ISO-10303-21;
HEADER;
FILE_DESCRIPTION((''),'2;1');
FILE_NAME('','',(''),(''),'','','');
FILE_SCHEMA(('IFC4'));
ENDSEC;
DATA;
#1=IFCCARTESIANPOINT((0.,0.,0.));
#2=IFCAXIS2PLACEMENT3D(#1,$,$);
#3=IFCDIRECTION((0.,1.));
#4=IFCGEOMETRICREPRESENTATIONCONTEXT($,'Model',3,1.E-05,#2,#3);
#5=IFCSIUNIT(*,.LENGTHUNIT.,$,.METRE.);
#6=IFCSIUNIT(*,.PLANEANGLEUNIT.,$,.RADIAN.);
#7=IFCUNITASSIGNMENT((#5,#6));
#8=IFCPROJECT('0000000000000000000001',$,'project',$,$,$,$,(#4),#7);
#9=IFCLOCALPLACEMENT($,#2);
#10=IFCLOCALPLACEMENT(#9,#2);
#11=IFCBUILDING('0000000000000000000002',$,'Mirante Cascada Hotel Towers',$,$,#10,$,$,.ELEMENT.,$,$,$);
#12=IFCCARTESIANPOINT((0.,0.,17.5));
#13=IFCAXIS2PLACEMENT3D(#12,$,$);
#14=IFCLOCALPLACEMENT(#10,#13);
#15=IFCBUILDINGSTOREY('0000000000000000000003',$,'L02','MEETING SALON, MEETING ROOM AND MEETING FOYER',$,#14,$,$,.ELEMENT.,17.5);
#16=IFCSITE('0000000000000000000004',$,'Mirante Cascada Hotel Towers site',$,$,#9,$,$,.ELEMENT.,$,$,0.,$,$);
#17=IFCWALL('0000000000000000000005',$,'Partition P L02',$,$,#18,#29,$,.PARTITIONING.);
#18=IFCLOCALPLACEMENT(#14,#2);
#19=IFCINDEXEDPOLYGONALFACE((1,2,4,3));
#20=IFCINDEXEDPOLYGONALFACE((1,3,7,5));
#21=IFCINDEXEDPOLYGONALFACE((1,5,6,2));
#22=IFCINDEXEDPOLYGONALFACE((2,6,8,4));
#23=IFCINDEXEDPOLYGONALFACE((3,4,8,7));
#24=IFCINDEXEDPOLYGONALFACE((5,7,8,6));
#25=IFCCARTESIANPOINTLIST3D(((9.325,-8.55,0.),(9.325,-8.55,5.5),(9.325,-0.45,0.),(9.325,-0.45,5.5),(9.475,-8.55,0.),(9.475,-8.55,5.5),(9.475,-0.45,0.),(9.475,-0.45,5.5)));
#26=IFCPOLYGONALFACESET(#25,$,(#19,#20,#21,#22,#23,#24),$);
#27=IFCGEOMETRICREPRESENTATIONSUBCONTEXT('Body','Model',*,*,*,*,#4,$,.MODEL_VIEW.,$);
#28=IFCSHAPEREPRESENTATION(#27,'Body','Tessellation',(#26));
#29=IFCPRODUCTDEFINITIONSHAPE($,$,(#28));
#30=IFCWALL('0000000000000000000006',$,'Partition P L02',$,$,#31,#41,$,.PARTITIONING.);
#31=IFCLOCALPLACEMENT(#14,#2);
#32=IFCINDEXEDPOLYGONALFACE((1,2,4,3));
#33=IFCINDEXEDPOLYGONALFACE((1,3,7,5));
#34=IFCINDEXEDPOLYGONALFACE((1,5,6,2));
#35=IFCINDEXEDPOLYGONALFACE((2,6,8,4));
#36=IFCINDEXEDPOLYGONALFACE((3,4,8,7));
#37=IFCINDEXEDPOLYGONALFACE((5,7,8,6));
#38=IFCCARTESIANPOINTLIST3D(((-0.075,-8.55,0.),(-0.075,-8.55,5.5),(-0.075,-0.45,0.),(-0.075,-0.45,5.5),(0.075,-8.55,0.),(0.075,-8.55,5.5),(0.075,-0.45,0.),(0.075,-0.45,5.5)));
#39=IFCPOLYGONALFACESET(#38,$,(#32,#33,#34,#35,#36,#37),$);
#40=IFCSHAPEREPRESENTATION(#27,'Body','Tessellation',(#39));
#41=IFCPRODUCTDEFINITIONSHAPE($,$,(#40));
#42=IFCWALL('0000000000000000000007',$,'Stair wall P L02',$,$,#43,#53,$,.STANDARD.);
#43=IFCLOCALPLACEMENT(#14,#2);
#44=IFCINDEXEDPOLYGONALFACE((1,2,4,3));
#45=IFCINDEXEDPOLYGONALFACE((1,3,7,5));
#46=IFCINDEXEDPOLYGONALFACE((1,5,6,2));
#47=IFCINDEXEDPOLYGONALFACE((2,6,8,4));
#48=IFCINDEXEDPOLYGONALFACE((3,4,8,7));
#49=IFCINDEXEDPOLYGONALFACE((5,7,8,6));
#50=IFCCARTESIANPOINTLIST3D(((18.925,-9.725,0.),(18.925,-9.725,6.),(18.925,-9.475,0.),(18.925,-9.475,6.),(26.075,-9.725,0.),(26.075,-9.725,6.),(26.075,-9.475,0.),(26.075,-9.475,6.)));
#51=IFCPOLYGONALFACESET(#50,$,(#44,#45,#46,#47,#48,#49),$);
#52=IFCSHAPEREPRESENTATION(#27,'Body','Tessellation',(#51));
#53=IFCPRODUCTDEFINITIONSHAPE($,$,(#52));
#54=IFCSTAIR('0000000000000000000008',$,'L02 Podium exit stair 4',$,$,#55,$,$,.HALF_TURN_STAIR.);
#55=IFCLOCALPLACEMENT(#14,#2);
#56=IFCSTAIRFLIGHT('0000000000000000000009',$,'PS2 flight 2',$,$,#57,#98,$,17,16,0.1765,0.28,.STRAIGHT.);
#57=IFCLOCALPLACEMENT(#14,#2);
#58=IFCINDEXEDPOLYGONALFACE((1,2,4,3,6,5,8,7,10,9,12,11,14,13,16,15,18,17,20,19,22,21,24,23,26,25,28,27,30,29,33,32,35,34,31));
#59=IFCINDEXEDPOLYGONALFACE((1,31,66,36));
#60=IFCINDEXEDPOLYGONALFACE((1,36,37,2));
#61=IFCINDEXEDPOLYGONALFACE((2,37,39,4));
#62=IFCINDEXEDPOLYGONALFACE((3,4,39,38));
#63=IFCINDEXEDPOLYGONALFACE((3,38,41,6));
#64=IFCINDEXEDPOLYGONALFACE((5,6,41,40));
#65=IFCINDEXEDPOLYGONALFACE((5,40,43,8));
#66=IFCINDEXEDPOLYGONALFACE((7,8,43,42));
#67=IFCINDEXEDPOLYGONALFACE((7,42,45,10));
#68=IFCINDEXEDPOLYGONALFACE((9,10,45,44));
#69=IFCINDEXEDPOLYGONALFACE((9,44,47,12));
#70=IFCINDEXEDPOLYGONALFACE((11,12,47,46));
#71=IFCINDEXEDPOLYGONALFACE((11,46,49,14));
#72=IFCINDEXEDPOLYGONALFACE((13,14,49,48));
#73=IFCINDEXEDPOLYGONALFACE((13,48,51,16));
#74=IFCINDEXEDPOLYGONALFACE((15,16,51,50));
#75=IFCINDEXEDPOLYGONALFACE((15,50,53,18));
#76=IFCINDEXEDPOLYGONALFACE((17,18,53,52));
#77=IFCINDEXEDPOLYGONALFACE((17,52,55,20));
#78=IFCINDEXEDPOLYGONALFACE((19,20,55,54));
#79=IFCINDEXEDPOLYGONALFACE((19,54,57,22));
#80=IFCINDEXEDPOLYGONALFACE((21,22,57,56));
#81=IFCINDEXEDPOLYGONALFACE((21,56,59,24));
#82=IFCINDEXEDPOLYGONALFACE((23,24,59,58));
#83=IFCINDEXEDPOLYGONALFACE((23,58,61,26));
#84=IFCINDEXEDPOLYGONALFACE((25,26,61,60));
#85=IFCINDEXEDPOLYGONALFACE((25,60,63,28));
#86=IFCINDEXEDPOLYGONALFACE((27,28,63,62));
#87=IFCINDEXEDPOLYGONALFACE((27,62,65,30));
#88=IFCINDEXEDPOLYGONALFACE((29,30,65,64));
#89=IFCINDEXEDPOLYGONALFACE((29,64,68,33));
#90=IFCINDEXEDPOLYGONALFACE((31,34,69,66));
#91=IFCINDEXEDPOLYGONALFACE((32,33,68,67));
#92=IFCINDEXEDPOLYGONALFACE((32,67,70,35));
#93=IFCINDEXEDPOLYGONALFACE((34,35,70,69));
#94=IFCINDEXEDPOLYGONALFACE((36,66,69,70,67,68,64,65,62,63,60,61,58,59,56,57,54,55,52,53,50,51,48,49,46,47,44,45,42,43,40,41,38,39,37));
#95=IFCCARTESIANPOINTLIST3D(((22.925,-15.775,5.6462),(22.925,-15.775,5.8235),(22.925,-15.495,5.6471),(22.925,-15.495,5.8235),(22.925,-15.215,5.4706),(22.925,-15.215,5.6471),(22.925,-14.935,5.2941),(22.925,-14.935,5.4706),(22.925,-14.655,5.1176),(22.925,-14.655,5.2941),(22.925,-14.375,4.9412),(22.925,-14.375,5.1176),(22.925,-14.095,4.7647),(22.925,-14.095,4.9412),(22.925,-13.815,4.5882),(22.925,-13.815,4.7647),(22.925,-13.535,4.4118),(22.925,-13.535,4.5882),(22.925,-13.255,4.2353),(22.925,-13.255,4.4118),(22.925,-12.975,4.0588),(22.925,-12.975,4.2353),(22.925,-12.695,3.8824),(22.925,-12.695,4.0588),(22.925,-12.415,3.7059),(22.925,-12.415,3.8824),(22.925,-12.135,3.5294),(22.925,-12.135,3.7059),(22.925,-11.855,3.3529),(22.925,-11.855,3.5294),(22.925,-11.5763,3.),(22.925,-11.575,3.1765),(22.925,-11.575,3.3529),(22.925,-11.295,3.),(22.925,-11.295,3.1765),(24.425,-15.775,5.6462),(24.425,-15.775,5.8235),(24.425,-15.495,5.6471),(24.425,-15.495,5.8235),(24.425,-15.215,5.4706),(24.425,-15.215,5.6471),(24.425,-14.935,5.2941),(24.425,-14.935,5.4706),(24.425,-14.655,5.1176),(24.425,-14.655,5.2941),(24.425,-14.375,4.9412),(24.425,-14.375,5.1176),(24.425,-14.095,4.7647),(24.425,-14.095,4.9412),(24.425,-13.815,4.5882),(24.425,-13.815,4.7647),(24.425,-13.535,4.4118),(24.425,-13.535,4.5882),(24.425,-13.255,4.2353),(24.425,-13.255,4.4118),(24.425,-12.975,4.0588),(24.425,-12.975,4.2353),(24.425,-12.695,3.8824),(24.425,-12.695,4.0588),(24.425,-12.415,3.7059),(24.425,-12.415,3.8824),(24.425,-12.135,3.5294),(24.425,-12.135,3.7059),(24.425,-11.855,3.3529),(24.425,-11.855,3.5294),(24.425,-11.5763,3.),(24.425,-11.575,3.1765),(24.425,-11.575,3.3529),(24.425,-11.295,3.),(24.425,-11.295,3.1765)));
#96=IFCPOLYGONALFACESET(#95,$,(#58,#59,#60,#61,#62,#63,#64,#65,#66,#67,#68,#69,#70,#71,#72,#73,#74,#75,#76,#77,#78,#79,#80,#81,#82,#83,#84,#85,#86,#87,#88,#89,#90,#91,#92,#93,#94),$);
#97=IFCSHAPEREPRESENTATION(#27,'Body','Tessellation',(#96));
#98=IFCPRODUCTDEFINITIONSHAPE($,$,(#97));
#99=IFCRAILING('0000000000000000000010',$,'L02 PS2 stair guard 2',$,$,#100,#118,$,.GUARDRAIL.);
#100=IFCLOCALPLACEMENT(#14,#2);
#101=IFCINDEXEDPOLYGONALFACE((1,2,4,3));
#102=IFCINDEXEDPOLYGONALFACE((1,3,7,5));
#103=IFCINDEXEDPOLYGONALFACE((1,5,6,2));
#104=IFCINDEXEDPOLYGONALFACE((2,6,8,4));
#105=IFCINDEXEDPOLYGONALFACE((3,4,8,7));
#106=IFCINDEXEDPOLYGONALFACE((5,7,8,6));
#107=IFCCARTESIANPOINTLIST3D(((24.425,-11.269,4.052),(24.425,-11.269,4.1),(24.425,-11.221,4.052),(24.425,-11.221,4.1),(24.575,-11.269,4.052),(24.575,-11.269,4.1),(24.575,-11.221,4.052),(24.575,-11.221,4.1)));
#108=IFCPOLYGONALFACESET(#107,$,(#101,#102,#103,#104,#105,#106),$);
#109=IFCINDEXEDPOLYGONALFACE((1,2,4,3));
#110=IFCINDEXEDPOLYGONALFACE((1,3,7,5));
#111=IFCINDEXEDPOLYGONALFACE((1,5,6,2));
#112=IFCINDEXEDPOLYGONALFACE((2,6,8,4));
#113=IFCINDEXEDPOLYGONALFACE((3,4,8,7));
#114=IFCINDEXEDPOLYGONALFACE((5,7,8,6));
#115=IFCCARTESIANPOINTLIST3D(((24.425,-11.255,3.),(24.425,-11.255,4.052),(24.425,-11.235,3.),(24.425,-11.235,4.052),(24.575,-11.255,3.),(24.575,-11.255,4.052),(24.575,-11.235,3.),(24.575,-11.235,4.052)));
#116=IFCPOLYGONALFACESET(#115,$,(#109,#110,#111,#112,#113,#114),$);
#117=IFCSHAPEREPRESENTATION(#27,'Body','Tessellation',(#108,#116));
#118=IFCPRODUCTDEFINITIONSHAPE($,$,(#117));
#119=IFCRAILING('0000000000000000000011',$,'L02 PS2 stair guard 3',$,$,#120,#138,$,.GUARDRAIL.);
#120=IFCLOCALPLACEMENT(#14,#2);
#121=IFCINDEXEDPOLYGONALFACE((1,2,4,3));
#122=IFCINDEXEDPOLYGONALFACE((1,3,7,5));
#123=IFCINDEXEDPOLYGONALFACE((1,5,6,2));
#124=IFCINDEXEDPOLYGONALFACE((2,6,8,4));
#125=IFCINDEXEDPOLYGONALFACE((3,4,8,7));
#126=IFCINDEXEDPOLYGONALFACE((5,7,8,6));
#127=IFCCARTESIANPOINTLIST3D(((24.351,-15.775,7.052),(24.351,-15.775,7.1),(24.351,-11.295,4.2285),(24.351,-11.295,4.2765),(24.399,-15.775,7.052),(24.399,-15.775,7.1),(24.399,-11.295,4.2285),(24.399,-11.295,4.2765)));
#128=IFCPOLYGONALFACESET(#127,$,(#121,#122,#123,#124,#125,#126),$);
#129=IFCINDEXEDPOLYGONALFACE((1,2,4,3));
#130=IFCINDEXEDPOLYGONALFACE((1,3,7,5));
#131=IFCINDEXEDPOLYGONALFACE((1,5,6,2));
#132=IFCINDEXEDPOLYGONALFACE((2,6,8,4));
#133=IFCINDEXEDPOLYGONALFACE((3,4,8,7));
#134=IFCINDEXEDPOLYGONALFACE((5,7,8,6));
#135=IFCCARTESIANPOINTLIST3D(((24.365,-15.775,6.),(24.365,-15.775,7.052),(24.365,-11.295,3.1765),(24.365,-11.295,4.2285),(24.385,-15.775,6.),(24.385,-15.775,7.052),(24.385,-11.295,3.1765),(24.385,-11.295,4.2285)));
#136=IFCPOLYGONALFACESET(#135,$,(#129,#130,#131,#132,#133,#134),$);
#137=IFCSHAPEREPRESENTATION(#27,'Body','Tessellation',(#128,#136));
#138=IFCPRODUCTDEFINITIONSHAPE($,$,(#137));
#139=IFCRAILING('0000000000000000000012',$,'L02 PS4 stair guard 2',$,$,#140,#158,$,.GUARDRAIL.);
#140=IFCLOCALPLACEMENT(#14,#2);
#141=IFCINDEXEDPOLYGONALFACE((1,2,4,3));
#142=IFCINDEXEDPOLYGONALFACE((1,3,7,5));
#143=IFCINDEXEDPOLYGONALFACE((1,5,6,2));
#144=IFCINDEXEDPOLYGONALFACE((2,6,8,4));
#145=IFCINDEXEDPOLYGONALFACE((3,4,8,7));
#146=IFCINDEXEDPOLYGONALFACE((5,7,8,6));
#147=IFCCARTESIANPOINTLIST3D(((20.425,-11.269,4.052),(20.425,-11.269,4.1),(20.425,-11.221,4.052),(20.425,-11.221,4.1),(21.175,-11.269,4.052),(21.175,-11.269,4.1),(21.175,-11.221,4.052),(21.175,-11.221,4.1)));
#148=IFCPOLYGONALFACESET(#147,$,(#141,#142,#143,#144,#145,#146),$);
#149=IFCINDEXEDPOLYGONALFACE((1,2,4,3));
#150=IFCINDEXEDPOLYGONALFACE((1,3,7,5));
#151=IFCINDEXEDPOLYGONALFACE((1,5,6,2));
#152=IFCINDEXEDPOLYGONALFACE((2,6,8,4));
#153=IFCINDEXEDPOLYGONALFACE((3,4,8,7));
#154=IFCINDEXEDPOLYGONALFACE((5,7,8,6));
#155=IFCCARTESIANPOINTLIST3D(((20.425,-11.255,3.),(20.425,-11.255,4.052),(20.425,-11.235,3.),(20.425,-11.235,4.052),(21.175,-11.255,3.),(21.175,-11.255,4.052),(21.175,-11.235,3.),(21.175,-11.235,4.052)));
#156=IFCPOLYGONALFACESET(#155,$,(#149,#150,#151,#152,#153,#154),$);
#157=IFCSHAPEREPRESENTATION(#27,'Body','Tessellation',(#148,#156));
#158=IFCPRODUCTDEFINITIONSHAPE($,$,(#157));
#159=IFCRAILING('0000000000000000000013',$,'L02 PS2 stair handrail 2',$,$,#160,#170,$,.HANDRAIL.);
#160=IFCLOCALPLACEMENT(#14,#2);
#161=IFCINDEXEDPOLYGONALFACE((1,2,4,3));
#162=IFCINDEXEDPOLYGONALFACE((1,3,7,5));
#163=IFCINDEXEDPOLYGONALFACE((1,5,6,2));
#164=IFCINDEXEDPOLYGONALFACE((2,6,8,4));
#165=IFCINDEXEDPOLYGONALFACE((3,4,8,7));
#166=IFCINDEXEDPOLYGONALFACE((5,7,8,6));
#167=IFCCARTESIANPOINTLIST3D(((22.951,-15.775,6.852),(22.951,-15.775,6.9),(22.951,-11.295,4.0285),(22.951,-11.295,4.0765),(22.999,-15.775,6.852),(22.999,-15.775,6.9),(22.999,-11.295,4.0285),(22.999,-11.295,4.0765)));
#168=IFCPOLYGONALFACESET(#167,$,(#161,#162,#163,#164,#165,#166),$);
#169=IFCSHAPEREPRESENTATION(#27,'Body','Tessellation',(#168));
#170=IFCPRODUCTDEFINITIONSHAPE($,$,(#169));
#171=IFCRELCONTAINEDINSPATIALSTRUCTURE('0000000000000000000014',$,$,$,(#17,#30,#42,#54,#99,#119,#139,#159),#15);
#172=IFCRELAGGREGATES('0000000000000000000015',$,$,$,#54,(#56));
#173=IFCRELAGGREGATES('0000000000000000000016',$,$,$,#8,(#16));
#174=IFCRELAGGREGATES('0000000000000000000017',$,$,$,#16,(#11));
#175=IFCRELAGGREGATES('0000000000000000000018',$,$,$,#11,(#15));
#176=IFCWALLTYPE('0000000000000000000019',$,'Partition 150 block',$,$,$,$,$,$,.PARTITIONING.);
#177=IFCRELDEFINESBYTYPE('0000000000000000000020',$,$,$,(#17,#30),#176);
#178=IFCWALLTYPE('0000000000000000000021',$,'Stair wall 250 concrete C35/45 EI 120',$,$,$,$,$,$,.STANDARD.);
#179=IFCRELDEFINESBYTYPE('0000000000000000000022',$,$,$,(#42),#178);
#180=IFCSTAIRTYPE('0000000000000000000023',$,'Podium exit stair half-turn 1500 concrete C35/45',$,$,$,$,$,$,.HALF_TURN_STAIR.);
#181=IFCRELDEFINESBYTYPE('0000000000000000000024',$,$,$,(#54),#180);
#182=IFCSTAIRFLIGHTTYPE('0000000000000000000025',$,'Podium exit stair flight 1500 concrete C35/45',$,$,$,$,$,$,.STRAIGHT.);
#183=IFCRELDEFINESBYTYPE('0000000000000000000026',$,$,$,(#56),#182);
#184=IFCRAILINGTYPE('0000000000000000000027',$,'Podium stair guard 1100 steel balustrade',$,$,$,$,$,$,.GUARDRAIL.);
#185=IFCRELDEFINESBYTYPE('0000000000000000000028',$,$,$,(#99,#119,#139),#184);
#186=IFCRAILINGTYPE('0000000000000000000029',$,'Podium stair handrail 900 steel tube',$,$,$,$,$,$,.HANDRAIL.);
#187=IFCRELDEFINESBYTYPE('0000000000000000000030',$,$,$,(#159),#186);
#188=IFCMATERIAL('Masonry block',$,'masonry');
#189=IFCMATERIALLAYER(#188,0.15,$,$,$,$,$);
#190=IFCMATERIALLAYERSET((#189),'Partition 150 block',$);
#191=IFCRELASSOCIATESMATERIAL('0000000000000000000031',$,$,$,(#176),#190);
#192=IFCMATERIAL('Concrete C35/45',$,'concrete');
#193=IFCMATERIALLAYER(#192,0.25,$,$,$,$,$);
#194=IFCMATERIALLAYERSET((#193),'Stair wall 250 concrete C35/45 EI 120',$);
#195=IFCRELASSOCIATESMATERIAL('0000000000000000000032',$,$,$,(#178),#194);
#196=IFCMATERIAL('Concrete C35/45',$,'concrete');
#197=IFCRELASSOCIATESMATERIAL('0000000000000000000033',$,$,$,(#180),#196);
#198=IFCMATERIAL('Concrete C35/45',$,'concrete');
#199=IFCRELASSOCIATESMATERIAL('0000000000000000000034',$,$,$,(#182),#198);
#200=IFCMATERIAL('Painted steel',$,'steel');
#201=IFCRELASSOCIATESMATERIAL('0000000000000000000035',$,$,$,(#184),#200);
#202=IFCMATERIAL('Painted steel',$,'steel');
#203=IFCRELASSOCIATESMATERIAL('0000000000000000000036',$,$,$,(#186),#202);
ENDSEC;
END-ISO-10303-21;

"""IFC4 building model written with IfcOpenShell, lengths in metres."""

from ifc_helpers import new_model, si_unit, direction, frame, frame_2d, origin, origin_2d, place, context, subcontext, project, spatial, polyline, rectangle, outline, extrude, material, layer, layer_set, type_object, element, aggregate, save


model = new_model("IFC4")

# Units and contexts
model_context = context("Model", 3, precision=1e-05, world=origin(), true_north=direction((0.0, 1.0)))
body_context = subcontext(model_context, "Body", "Model", "MODEL_VIEW")
ifc_project = project(units=[si_unit("LENGTHUNIT", "METRE"), si_unit("PLANEANGLEUNIT", "RADIAN")], contexts=[model_context])

# Site, building, storey
site_placement = place(None, origin())
site = spatial("IfcSite", under=ifc_project, at=site_placement, Name="Mirante Cascada Hotel Towers site", CompositionType="ELEMENT", RefElevation=0.0)
building_placement = place(site_placement, origin())
building = spatial("IfcBuilding", under=site, at=building_placement, Name="Mirante Cascada Hotel Towers", CompositionType="ELEMENT")
storey_placement = place(building_placement, frame((0.0, 0.0, 17.5)))
storey = spatial("IfcBuildingStorey", under=building, at=storey_placement, Name="L02", Description="MEETING SALON, MEETING ROOM AND MEETING FOYER", CompositionType="ELEMENT", Elevation=17.5)

# Walls
ifc_material_1 = material(Name="Masonry block", Category="masonry")
ifc_layer_1 = layer(ifc_material_1, 0.15)
ifc_layer_set_1 = layer_set([ifc_layer_1], Name="Partition 150 block")
wall_type_1 = type_object("IfcWallType", Name="Partition 150 block", PredefinedType="PARTITIONING", material=ifc_layer_set_1)
for number, where, z_axis, x_axis, name in (
    (1, (9.4, -8.55, 0.0), (0.0, 0.0, 1.0), (0.0, 1.0, 0.0), "Partition P L02"),
    (2, (0.0, -8.55, 0.0), (0.0, 0.0, 1.0), (0.0, 1.0, 0.0), "Partition P L02"),
):
    element("IfcWall", number, at=place(storey_placement, frame(where, z_axis=z_axis, x_axis=x_axis)), inside=storey, type_object=wall_type_1, Name=name, PredefinedType="PARTITIONING", context=body_context, shape_type="SweptSolid", body=[
        extrude(rectangle(XDim=8.1, YDim=0.15, at=frame_2d((4.05, 0.0))), origin(), (0.0, 0.0, 1.0), 5.5),
    ])
ifc_material_2 = material(Name="Concrete C35/45", Category="concrete")
ifc_layer_2 = layer(ifc_material_2, 0.25)
ifc_layer_set_2 = layer_set([ifc_layer_2], Name="Stair wall 250 concrete C35/45 EI 120")
wall_type_2 = type_object("IfcWallType", Name="Stair wall 250 concrete C35/45 EI 120", PredefinedType="STANDARD", material=ifc_layer_set_2)
wall_1_placement = place(storey_placement, frame((18.925, -9.6, 0.0), z_axis=(0.0, 0.0, 1.0), x_axis=(1.0, 0.0, 0.0)))
element("IfcWall", 3, at=wall_1_placement, inside=storey, type_object=wall_type_2, Name="Stair wall P L02", PredefinedType="STANDARD", context=body_context, shape_type="SweptSolid", body=[
    extrude(rectangle(XDim=7.15, YDim=0.25, at=frame_2d((3.575, 0.0))), origin(), (0.0, 0.0, 1.0), 6.0),
])

# Stair, stair flight
ifc_material_3 = material(Name="Concrete C35/45", Category="concrete")
stair_type_1 = type_object("IfcStairType", Name="Podium exit stair half-turn 1500 concrete C35/45", PredefinedType="HALF_TURN_STAIR", material=ifc_material_3)
stair_1_placement = place(storey_placement, origin())
stair_1 = element("IfcStair", 4, at=stair_1_placement, inside=storey, type_object=stair_type_1, Name="L02 Podium exit stair 4", PredefinedType="HALF_TURN_STAIR")
ifc_material_4 = material(Name="Concrete C35/45", Category="concrete")
stair_flight_type = type_object("IfcStairFlightType", Name="Podium exit stair flight 1500 concrete C35/45", PredefinedType="STRAIGHT", material=ifc_material_4)
stair_flight_placement = place(storey_placement, frame((23.675, -11.295, 3.0), z_axis=(0.0, 0.0, 1.0), x_axis=(0.0, -1.0, 0.0)))
stair_flight = element("IfcStairFlight", 5, at=stair_flight_placement, type_object=stair_flight_type, Name="PS2 flight 2", NumberOfRisers=17, NumberOfTreads=16, PredefinedType="STRAIGHT", RiserHeight=0.1765, TreadLength=0.28, context=body_context, shape_type="SweptSolid", body=[
    extrude(outline(polyline([(0.0, 0.0), (0.0, 0.1765), (0.28, 0.1765), (0.28, 0.3529), (0.56, 0.3529), (0.56, 0.5294), (0.84, 0.5294), (0.84, 0.7059), (1.12, 0.7059), (1.12, 0.8824), (1.4, 0.8824), (1.4, 1.0588), (1.68, 1.0588), (1.68, 1.2353), (1.96, 1.2353), (1.96, 1.4118), (2.24, 1.4118), (2.24, 1.5882), (2.52, 1.5882), (2.52, 1.7647), (2.8, 1.7647), (2.8, 1.9412), (3.08, 1.9412), (3.08, 2.1176), (3.36, 2.1176), (3.36, 2.2941), (3.64, 2.2941), (3.64, 2.4706), (3.92, 2.4706), (3.92, 2.6471), (4.2, 2.6471), (4.2, 2.8235), (4.48, 2.8235), (4.48, 3.0), (4.48, 2.6462), (0.2813, 0.0), (0.0, 0.0)])), frame((0.0, 0.75, 0.0), z_axis=(0.0, -1.0, 0.0), x_axis=(1.0, 0.0, 0.0)), (0.0, 0.0, 1.0), 1.5),
])
aggregate(stair_1, [stair_flight])

# Railings
ifc_material_5 = material(Name="Painted steel", Category="steel")
railing_type_1 = type_object("IfcRailingType", Name="Podium stair guard 1100 steel balustrade", PredefinedType="GUARDRAIL", material=ifc_material_5)
railing_1_placement = place(storey_placement, frame((24.575, -11.245, 3.0)))
element("IfcRailing", 6, at=railing_1_placement, inside=storey, type_object=railing_type_1, Name="L02 PS2 stair guard 2", PredefinedType="GUARDRAIL", context=body_context, shape_type="SweptSolid", body=[
    extrude(rectangle(XDim=0.048, YDim=0.048, at=origin_2d()), frame((0.0, 0.0, 1.076), z_axis=(-1.0, 0.0, 0.0), x_axis=(0.0, -1.0, 0.0)), (0.0, 0.0, 1.0), 0.15),
    extrude(rectangle(XDim=0.02, YDim=1.052, at=origin_2d()), frame((0.0, 0.0, 0.526), z_axis=(-1.0, 0.0, 0.0), x_axis=(0.0, -1.0, 0.0)), (0.0, 0.0, 1.0), 0.15),
])
railing_2_placement = place(storey_placement, frame((24.375, -11.295, 3.1765)))
element("IfcRailing", 7, at=railing_2_placement, inside=storey, type_object=railing_type_1, Name="L02 PS2 stair guard 3", PredefinedType="GUARDRAIL", context=body_context, shape_type="SweptSolid", body=[
    extrude(rectangle(XDim=0.048, YDim=0.048, at=origin_2d()), frame((0.0, 0.0, 1.076), z_axis=(0.0, -1.0, 0.0), x_axis=(1.0, 0.0, 0.0)), (0.0, 0.533186, 0.845998), 5.2955),
    extrude(rectangle(XDim=0.02, YDim=1.052, at=origin_2d()), frame((0.0, 0.0, 0.526), z_axis=(0.0, -1.0, 0.0), x_axis=(1.0, 0.0, 0.0)), (0.0, 0.533186, 0.845998), 5.2955),
])
railing_3_placement = place(storey_placement, frame((21.175, -11.245, 3.0)))
element("IfcRailing", 8, at=railing_3_placement, inside=storey, type_object=railing_type_1, Name="L02 PS4 stair guard 2", PredefinedType="GUARDRAIL", context=body_context, shape_type="SweptSolid", body=[
    extrude(rectangle(XDim=0.048, YDim=0.048, at=origin_2d()), frame((0.0, 0.0, 1.076), z_axis=(-1.0, 0.0, 0.0), x_axis=(0.0, -1.0, 0.0)), (0.0, 0.0, 1.0), 0.75),
    extrude(rectangle(XDim=0.02, YDim=1.052, at=origin_2d()), frame((0.0, 0.0, 0.526), z_axis=(-1.0, 0.0, 0.0), x_axis=(0.0, -1.0, 0.0)), (0.0, 0.0, 1.0), 0.75),
])
ifc_material_6 = material(Name="Painted steel", Category="steel")
railing_type_2 = type_object("IfcRailingType", Name="Podium stair handrail 900 steel tube", PredefinedType="HANDRAIL", material=ifc_material_6)
railing_4_placement = place(storey_placement, frame((22.975, -11.295, 3.1765)))
element("IfcRailing", 9, at=railing_4_placement, inside=storey, type_object=railing_type_2, Name="L02 PS2 stair handrail 2", PredefinedType="HANDRAIL", context=body_context, shape_type="SweptSolid", body=[
    extrude(rectangle(XDim=0.048, YDim=0.048, at=origin_2d()), frame((0.0, 0.0, 0.876), z_axis=(0.0, -1.0, 0.0), x_axis=(1.0, 0.0, 0.0)), (0.0, 0.533186, 0.845998), 5.2955),
])

save(model, "model.ifc")
